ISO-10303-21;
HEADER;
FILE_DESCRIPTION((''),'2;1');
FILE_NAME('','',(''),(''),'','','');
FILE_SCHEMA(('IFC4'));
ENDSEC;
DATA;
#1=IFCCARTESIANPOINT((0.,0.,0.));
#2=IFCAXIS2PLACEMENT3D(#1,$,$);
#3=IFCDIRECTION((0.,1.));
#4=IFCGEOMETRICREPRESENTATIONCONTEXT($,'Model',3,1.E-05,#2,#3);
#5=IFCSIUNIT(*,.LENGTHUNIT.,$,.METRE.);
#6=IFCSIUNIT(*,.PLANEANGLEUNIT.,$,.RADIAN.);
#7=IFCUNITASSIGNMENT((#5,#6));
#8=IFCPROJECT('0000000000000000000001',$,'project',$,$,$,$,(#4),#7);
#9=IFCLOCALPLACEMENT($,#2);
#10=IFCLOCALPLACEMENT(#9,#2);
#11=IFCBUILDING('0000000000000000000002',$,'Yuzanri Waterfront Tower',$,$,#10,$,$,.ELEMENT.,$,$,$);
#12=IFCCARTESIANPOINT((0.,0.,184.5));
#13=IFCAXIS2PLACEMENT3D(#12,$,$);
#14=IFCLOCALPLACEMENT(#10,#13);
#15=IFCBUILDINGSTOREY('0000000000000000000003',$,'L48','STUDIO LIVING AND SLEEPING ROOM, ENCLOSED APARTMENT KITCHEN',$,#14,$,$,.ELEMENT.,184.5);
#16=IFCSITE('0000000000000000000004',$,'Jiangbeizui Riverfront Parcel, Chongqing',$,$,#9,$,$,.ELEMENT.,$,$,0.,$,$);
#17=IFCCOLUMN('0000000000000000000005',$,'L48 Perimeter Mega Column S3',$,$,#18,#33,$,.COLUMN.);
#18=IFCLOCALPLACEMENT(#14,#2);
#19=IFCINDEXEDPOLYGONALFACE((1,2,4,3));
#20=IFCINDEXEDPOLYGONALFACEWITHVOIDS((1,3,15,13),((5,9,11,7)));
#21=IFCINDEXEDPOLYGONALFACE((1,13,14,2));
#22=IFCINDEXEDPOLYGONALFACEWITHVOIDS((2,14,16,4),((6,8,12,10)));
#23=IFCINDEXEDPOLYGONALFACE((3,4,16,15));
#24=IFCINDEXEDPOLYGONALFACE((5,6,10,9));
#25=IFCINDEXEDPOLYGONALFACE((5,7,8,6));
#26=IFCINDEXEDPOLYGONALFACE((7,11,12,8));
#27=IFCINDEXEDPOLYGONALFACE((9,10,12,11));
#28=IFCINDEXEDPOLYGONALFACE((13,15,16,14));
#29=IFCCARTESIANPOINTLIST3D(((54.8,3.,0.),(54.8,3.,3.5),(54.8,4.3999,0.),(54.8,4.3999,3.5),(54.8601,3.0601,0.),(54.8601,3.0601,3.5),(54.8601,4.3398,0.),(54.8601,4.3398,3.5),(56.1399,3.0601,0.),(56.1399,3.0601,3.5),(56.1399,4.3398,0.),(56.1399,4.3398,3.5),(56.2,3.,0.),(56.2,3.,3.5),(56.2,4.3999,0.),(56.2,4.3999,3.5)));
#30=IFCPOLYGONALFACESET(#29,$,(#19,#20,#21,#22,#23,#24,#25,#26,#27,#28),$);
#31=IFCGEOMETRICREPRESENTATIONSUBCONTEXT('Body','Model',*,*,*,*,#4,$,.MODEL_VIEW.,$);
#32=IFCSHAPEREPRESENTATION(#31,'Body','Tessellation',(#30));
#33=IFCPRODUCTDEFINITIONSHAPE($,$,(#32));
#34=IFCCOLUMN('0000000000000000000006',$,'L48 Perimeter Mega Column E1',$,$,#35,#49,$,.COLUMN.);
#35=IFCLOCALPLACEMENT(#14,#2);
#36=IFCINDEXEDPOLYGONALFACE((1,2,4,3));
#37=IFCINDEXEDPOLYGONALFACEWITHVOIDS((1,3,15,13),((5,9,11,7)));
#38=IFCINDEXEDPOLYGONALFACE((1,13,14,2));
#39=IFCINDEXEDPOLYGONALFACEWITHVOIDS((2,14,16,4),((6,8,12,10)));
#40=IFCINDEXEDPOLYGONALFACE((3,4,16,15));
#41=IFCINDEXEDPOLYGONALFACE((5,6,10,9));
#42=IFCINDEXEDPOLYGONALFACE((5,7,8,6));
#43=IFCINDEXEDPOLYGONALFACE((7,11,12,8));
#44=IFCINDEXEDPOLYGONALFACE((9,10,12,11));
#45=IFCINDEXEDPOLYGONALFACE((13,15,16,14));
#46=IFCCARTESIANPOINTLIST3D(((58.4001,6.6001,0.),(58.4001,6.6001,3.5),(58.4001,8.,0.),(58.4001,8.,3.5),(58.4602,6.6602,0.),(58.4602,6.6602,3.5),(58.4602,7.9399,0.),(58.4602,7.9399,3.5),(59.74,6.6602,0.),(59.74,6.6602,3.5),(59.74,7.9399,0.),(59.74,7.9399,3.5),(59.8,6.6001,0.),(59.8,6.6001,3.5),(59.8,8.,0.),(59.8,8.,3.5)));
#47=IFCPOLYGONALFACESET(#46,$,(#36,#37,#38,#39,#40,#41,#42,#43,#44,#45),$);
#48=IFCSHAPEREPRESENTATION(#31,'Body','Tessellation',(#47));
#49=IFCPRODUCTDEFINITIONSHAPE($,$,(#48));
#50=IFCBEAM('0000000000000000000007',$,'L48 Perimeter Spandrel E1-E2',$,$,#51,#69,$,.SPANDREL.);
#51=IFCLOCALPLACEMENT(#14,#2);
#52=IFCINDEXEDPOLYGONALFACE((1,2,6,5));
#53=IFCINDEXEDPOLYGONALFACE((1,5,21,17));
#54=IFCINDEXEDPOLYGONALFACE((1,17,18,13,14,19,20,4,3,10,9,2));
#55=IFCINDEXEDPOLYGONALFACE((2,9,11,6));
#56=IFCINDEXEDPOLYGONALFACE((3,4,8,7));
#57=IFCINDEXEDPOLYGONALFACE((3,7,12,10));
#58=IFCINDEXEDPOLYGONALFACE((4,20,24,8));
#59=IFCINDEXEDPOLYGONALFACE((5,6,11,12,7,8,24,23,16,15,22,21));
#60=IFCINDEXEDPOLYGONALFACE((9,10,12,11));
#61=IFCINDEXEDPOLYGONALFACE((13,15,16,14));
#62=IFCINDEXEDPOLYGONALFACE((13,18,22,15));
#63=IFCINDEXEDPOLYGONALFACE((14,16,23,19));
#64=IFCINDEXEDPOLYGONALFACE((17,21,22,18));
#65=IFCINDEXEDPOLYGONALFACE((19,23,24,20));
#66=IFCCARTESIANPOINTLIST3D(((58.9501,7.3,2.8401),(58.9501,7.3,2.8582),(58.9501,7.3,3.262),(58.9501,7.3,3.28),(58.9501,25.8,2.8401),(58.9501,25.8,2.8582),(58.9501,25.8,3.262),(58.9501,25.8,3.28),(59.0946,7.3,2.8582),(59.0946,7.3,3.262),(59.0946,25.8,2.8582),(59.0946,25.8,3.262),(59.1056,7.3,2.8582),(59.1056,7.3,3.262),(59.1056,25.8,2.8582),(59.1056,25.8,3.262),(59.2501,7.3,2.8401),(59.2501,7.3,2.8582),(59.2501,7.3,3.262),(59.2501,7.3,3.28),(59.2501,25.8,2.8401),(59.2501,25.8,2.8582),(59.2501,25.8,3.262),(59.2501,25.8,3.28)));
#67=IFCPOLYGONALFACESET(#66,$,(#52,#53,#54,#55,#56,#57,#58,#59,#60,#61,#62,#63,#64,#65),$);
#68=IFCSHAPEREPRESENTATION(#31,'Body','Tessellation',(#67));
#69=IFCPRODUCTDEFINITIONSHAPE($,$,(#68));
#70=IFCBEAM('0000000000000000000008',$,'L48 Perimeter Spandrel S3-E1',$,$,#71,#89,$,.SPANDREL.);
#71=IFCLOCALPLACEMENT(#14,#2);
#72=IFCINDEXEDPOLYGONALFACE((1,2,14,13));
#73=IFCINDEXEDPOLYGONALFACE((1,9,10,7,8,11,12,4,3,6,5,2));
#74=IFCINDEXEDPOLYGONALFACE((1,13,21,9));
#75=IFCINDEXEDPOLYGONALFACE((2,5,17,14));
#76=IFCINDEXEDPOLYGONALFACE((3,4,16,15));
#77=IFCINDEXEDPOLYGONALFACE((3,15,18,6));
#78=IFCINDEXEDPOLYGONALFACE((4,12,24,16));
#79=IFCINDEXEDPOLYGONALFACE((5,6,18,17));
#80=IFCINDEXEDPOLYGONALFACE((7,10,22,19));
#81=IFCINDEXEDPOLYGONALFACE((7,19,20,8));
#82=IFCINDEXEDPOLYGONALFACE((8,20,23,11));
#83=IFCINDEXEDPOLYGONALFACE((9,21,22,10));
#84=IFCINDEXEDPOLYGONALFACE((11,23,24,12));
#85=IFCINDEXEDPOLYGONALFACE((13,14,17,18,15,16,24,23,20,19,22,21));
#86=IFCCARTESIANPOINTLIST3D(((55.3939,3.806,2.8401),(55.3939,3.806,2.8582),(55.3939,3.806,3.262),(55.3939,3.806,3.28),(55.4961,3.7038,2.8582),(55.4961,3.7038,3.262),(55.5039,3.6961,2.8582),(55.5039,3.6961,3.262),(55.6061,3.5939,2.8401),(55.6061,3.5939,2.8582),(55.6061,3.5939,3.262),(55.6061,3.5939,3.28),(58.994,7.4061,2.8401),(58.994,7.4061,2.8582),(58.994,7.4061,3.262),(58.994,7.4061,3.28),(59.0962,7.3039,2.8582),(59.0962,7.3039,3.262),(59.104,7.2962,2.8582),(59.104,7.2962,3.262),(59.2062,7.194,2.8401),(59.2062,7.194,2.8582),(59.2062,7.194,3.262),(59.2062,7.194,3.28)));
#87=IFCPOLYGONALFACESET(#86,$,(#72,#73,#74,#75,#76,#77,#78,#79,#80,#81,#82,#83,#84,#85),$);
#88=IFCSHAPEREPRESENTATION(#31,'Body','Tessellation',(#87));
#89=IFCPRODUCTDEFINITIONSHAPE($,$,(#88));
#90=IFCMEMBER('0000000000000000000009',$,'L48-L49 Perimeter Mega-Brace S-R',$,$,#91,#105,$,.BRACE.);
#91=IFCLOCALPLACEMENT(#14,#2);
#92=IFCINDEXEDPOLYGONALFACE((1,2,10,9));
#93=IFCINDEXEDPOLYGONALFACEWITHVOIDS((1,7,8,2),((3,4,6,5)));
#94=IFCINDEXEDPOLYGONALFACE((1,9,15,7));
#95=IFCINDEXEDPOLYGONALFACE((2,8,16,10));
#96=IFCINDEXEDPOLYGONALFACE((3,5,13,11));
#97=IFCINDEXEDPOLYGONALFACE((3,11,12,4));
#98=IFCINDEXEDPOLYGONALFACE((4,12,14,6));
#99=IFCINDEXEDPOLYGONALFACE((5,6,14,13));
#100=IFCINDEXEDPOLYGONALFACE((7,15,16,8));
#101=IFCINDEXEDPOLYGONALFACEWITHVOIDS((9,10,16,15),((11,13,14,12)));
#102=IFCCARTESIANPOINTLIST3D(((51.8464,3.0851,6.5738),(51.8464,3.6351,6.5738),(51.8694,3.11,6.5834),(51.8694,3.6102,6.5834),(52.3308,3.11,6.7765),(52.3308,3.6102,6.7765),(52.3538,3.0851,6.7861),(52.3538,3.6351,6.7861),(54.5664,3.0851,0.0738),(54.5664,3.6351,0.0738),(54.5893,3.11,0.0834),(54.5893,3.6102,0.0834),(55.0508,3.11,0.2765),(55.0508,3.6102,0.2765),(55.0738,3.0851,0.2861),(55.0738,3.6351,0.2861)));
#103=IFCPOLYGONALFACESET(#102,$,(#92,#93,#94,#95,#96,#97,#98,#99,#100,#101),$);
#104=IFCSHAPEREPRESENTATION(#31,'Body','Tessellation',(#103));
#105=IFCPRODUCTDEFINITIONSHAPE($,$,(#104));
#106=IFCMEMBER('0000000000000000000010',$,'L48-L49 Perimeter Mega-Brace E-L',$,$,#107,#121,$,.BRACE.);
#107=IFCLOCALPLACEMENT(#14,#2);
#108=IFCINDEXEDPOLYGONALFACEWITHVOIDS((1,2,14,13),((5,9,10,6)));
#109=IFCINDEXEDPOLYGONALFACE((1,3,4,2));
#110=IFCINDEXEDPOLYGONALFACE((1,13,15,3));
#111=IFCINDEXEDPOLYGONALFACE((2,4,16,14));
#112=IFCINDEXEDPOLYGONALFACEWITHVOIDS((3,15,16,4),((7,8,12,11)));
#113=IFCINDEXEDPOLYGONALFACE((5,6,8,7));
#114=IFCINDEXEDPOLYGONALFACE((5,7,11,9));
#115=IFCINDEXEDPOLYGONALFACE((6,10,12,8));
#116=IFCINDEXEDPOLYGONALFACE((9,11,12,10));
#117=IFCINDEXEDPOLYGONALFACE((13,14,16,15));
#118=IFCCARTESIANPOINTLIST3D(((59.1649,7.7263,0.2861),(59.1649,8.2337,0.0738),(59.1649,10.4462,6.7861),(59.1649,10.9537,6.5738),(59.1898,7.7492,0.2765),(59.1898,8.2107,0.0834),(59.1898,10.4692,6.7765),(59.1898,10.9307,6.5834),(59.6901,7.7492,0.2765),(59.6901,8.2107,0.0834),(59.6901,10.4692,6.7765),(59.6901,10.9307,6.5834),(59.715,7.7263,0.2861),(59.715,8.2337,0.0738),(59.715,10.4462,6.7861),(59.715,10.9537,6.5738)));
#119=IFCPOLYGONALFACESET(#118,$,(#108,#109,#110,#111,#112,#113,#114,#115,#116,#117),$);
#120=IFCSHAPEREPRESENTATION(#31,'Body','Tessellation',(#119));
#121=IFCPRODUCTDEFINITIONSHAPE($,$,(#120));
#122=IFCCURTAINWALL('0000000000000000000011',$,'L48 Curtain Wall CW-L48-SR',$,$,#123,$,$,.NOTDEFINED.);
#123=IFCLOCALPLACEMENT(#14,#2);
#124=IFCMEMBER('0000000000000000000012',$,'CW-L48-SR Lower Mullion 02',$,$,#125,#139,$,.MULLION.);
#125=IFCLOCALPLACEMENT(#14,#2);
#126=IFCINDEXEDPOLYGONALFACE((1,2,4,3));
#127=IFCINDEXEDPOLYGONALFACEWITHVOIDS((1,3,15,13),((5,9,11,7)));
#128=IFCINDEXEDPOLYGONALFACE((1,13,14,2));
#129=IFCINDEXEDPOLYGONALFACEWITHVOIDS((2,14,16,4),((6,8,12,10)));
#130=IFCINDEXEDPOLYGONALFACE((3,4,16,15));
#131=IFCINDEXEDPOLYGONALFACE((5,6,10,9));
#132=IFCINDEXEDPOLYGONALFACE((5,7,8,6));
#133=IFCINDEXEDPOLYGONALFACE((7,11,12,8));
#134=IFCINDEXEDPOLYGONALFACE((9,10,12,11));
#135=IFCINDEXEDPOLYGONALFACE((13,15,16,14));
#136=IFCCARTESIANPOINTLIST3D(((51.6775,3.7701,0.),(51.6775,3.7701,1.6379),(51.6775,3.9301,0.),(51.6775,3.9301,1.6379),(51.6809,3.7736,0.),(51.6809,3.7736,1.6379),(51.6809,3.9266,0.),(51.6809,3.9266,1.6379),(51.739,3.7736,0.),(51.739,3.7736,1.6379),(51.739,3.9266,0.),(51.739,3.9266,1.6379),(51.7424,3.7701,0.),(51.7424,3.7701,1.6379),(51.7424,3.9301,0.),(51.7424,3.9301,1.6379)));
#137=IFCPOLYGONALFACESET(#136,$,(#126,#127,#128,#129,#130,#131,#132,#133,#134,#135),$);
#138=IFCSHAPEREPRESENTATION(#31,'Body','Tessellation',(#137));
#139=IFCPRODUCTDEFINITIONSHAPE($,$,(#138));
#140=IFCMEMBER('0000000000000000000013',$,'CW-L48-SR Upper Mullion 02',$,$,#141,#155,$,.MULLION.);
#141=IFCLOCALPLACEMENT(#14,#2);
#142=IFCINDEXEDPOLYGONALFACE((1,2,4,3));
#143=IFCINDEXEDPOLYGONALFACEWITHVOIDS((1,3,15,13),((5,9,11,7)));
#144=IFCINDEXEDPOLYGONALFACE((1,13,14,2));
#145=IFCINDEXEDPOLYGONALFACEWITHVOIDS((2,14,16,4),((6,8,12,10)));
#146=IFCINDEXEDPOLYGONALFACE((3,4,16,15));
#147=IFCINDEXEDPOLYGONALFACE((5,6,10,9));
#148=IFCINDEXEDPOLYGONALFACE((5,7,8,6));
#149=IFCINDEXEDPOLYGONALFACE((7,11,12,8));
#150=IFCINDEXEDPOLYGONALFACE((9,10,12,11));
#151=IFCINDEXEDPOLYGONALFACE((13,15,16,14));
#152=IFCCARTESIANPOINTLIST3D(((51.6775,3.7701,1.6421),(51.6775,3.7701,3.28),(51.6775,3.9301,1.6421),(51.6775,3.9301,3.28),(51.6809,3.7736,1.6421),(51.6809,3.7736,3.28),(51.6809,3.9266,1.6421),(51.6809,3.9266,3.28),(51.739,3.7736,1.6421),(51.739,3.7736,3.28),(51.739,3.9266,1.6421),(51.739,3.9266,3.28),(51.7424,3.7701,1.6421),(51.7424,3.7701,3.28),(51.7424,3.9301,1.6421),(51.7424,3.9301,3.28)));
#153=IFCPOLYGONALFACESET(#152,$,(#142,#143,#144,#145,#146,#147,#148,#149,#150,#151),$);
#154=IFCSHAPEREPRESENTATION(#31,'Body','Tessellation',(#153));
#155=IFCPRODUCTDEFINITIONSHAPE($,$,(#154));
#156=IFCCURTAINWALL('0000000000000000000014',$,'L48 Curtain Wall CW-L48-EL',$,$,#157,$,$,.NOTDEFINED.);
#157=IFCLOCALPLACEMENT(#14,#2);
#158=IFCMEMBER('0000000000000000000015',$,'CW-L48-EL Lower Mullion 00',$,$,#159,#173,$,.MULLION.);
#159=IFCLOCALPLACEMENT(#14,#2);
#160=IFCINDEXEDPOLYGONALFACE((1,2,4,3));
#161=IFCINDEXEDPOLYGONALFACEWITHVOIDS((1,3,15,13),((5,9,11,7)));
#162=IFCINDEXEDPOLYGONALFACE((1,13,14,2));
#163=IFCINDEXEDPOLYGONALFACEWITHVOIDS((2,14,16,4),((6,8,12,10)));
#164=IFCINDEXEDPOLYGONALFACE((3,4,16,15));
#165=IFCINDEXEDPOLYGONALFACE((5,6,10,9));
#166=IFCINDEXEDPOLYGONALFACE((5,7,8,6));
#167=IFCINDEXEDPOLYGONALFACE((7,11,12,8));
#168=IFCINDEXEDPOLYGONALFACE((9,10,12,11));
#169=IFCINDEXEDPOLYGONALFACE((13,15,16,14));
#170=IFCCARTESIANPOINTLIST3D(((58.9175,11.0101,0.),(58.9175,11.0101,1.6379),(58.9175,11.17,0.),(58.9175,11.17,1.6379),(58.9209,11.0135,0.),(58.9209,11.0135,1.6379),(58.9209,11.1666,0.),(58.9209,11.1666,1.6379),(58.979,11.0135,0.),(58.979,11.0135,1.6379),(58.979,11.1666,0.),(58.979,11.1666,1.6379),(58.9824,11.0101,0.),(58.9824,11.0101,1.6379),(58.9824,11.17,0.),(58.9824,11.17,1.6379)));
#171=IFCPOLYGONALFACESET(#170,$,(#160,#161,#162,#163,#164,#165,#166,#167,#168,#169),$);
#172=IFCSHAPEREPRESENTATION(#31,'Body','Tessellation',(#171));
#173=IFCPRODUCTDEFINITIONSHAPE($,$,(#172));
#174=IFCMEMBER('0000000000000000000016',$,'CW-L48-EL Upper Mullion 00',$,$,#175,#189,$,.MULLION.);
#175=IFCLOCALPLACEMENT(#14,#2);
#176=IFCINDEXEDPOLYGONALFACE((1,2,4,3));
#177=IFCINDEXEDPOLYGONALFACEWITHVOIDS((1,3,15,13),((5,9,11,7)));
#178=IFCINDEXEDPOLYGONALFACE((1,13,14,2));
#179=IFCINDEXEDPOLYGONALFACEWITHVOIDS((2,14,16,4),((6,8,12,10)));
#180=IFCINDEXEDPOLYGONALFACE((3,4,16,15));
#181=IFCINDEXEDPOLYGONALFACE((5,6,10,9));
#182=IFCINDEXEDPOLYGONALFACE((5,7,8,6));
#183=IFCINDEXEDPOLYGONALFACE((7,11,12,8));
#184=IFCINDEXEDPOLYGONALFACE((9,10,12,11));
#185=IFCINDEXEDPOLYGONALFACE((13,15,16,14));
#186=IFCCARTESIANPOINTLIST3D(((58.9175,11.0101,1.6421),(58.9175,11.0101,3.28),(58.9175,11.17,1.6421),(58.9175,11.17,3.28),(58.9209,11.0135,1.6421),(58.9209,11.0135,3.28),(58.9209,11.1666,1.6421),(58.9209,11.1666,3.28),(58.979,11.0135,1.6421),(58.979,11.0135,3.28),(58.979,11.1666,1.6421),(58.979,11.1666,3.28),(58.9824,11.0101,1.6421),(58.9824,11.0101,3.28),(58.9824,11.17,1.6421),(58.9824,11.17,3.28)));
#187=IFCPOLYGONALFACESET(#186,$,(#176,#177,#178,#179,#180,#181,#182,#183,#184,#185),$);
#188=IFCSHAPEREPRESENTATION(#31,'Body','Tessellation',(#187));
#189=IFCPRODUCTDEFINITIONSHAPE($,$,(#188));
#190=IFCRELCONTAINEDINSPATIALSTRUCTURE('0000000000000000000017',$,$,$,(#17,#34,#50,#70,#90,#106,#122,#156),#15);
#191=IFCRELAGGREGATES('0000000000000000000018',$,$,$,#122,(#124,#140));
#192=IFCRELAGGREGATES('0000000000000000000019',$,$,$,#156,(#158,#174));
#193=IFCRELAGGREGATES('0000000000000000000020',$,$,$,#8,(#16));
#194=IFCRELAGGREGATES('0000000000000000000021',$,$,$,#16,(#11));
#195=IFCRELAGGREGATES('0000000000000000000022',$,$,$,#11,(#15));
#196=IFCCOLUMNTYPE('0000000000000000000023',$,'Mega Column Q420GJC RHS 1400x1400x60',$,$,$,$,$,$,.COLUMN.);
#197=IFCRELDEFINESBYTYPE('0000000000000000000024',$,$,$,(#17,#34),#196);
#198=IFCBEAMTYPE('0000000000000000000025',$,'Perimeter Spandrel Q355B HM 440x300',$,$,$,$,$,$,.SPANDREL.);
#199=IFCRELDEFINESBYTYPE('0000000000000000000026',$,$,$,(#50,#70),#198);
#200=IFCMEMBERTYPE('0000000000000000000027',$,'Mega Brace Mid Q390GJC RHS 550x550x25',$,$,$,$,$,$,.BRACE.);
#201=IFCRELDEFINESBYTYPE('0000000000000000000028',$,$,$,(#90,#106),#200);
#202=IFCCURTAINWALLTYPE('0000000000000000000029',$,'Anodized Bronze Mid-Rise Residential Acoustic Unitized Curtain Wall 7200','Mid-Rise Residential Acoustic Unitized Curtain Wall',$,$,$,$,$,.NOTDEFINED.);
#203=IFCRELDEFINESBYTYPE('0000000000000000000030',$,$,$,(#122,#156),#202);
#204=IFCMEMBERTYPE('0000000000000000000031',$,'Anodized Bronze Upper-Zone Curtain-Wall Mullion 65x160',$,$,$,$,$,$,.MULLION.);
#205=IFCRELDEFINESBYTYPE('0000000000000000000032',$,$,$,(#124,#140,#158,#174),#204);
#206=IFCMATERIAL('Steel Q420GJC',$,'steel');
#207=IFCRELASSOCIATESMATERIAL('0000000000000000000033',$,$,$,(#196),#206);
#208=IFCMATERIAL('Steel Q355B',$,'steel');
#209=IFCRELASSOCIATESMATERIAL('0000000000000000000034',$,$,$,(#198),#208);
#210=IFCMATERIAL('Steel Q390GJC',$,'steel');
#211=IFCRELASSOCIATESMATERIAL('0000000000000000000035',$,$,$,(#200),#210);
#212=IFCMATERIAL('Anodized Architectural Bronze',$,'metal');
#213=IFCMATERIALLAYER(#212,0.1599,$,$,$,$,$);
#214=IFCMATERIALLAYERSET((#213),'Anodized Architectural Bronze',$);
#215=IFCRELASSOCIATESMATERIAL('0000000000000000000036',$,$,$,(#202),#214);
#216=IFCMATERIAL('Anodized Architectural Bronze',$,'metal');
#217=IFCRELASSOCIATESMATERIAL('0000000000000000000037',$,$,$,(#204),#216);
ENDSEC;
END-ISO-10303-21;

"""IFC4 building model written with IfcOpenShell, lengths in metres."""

from ifc_helpers import new_model, si_unit, direction, frame, origin, origin_2d, place, context, subcontext, project, spatial, hollow_rectangle, i_section, extrude, source, transform, mapped, material, layer, layer_set, material_profile, profile_set, type_object, element, aggregate, save


model = new_model("IFC4")

# Units and contexts
model_context = context("Model", 3, precision=1e-05, world=origin(), true_north=direction((0.0, 1.0)))
body_context = subcontext(model_context, "Body", "Model", "MODEL_VIEW")
ifc_project = project(units=[si_unit("LENGTHUNIT", "METRE"), si_unit("PLANEANGLEUNIT", "RADIAN")], contexts=[model_context])

# Site, building, storey
site_placement = place(None, origin())
site = spatial("IfcSite", under=ifc_project, at=site_placement, Name="Jiangbeizui Riverfront Parcel, Chongqing", CompositionType="ELEMENT", RefElevation=0.0)
building_placement = place(site_placement, origin())
building = spatial("IfcBuilding", under=site, at=building_placement, Name="Yuzanri Waterfront Tower", CompositionType="ELEMENT")
storey_placement = place(building_placement, frame((0.0, 0.0, 184.5)))
storey = spatial("IfcBuildingStorey", under=building, at=storey_placement, Name="L48", Description="STUDIO LIVING AND SLEEPING ROOM, ENCLOSED APARTMENT KITCHEN", CompositionType="ELEMENT", Elevation=184.5)

# Columns
ifc_material_1 = material(Name="Steel Q420GJC", Category="steel")
ifc_material_profile_1 = material_profile(ifc_material_1, hollow_rectangle(XDim=1.3999, YDim=1.3999, WallThickness=0.0601, at=origin_2d()), Name="RHS 1400x1400x60")
ifc_profile_set_1 = profile_set([ifc_material_profile_1], Name="Steel Q420GJC")
column_type = type_object("IfcColumnType", Name="Mega Column Q420GJC RHS 1400x1400x60", PredefinedType="COLUMN", material=ifc_profile_set_1)
shared_shape_1 = source(origin(), body_context, "Body", "SweptSolid", [
    extrude(hollow_rectangle(XDim=1.3999, YDim=1.3999, WallThickness=0.0601, at=origin_2d()), origin(), (0.0, 0.0, 1.0), 3.5),
])
for number, where, z_axis, x_axis, name in (
    (1, (55.5, 3.7, 0.0), (0.0, 0.0, 1.0), (1.0, 0.0, 0.0), "L48 Perimeter Mega Column S3"),
    (2, (59.1001, 7.3, 0.0), (0.0, 0.0, 1.0), (1.0, 0.0, 0.0), "L48 Perimeter Mega Column E1"),
):
    element("IfcColumn", number, at=place(storey_placement, frame(where, z_axis=z_axis, x_axis=x_axis)), inside=storey, type_object=column_type, Name=name, PredefinedType="COLUMN", context=body_context, shape_type="MappedRepresentation", body=[
        mapped(shared_shape_1, transform((0.0, 0.0, 0.0), scale=1.0)),
    ])

# Beams
ifc_material_2 = material(Name="Steel Q355B", Category="steel")
ifc_material_profile_2 = material_profile(ifc_material_2, i_section(OverallWidth=0.3, OverallDepth=0.4399, WebThickness=0.011, FlangeThickness=0.0181, at=origin_2d()), Name="HM 440x300x11x18")
ifc_profile_set_2 = profile_set([ifc_material_profile_2], Name="Steel Q355B")
beam_type = type_object("IfcBeamType", Name="Perimeter Spandrel Q355B HM 440x300", PredefinedType="SPANDREL", material=ifc_profile_set_2)
shared_shape_2 = source(origin(), body_context, "Body", "SweptSolid", [
    extrude(i_section(OverallWidth=0.3, OverallDepth=0.4399, WebThickness=0.011, FlangeThickness=0.0181, at=origin_2d()), origin(), (0.0, 0.0, 1.0), 18.5),
])
beam_1_placement = place(storey_placement, frame((59.1001, 7.3, 3.0601), z_axis=(0.0, 1.0, 0.0), x_axis=(-1.0, 0.0, 0.0)))
element("IfcBeam", 3, at=beam_1_placement, inside=storey, type_object=beam_type, Name="L48 Perimeter Spandrel E1-E2", PredefinedType="SPANDREL", context=body_context, shape_type="MappedRepresentation", body=[
    mapped(shared_shape_2, transform((0.0, 0.0, 0.0), scale=1.0)),
])
shared_shape_3 = source(origin(), body_context, "Body", "SweptSolid", [
    extrude(i_section(OverallWidth=0.3, OverallDepth=0.4399, WebThickness=0.011, FlangeThickness=0.0181, at=origin_2d()), origin(), (0.0, 0.0, 1.0), 5.0913),
])
beam_2_placement = place(storey_placement, frame((55.5, 3.7, 3.0601), z_axis=(0.707107, 0.707107, 0.0), x_axis=(-0.707107, 0.707107, 0.0)))
element("IfcBeam", 4, at=beam_2_placement, inside=storey, type_object=beam_type, Name="L48 Perimeter Spandrel S3-E1", PredefinedType="SPANDREL", context=body_context, shape_type="MappedRepresentation", body=[
    mapped(shared_shape_3, transform((0.0, 0.0, 0.0), scale=1.0)),
])

# Members
ifc_material_3 = material(Name="Steel Q390GJC", Category="steel")
ifc_material_profile_3 = material_profile(ifc_material_3, hollow_rectangle(XDim=0.55, YDim=0.55, WallThickness=0.0249, at=origin_2d()), Name="RHS 550x550x25")
ifc_profile_set_3 = profile_set([ifc_material_profile_3], Name="Steel Q390GJC")
member_type_1 = type_object("IfcMemberType", Name="Mega Brace Mid Q390GJC RHS 550x550x25", PredefinedType="BRACE", material=ifc_profile_set_3)
shared_shape_4 = source(origin(), body_context, "Body", "SweptSolid", [
    extrude(hollow_rectangle(XDim=0.55, YDim=0.55, WallThickness=0.0249, at=origin_2d()), origin(), (0.0, 0.0, 1.0), 7.0461),
])
for number, where, z_axis, x_axis, name in (
    (5, (54.8201, 3.3601, 0.1799), (-0.386022, 0.0, 0.922489), (0.0, -1.0, 0.0), "L48-L49 Perimeter Mega-Brace S-R"),
    (6, (59.4399, 7.98, 0.1799), (0.0, 0.386022, 0.922489), (-1.0, 0.0, 0.0), "L48-L49 Perimeter Mega-Brace E-L"),
):
    element("IfcMember", number, at=place(storey_placement, frame(where, z_axis=z_axis, x_axis=x_axis)), inside=storey, type_object=member_type_1, Name=name, PredefinedType="BRACE", context=body_context, shape_type="MappedRepresentation", body=[
        mapped(shared_shape_4, transform((0.0, 0.0, 0.0), scale=1.0)),
    ])

# Curtain walls, members
ifc_material_4 = material(Name="Anodized Architectural Bronze", Category="metal")
ifc_layer_1 = layer(ifc_material_4, 0.1599)
ifc_layer_set_1 = layer_set([ifc_layer_1], Name="Anodized Architectural Bronze")
curtain_wall_type = type_object("IfcCurtainWallType", Name="Anodized Bronze Mid-Rise Residential Acoustic Unitized Curtain Wall 7200", Description="Mid-Rise Residential Acoustic Unitized Curtain Wall", PredefinedType="NOTDEFINED", material=ifc_layer_set_1)
curtain_wall_1_placement = place(storey_placement, origin())
curtain_wall_1 = element("IfcCurtainWall", 7, at=curtain_wall_1_placement, inside=storey, type_object=curtain_wall_type, Name="L48 Curtain Wall CW-L48-SR", PredefinedType="NOTDEFINED")
ifc_material_5 = material(Name="Anodized Architectural Bronze", Category="metal")
ifc_material_profile_4 = material_profile(ifc_material_5, hollow_rectangle(XDim=0.0649, YDim=0.1599, WallThickness=0.0034, at=origin_2d()), Name="CWM 65x160")
ifc_profile_set_4 = profile_set([ifc_material_profile_4], Name="Anodized Architectural Bronze")
member_type_2 = type_object("IfcMemberType", Name="Anodized Bronze Upper-Zone Curtain-Wall Mullion 65x160", PredefinedType="MULLION", material=ifc_profile_set_4)
shared_shape_5 = source(origin(), body_context, "Body", "SweptSolid", [
    extrude(hollow_rectangle(XDim=0.0649, YDim=0.1599, WallThickness=0.0034, at=origin_2d()), origin(), (0.0, 0.0, 1.0), 1.6379),
])
member_1_placement = place(storey_placement, frame((51.71, 3.8501, 0.0), z_axis=(0.0, 0.0, 1.0), x_axis=(1.0, 0.0, 0.0)))
member_1 = element("IfcMember", 8, at=member_1_placement, type_object=member_type_2, Name="CW-L48-SR Lower Mullion 02", PredefinedType="MULLION", context=body_context, shape_type="MappedRepresentation", body=[
    mapped(shared_shape_5, transform((0.0, 0.0, 0.0), scale=1.0)),
])
member_2_placement = place(storey_placement, frame((51.71, 3.8501, 1.6421), z_axis=(0.0, 0.0, 1.0), x_axis=(1.0, 0.0, 0.0)))
member_2 = element("IfcMember", 9, at=member_2_placement, type_object=member_type_2, Name="CW-L48-SR Upper Mullion 02", PredefinedType="MULLION", context=body_context, shape_type="MappedRepresentation", body=[
    mapped(shared_shape_5, transform((0.0, 0.0, 0.0), scale=1.0)),
])
aggregate(curtain_wall_1, [member_1, member_2])
curtain_wall_2_placement = place(storey_placement, origin())
curtain_wall_2 = element("IfcCurtainWall", 10, at=curtain_wall_2_placement, inside=storey, type_object=curtain_wall_type, Name="L48 Curtain Wall CW-L48-EL", PredefinedType="NOTDEFINED")
member_3_placement = place(storey_placement, frame((58.95, 11.0901, 0.0), z_axis=(0.0, 0.0, 1.0), x_axis=(1.0, 0.0, 0.0)))
member_3 = element("IfcMember", 11, at=member_3_placement, type_object=member_type_2, Name="CW-L48-EL Lower Mullion 00", PredefinedType="MULLION", context=body_context, shape_type="MappedRepresentation", body=[
    mapped(shared_shape_5, transform((0.0, 0.0, 0.0), scale=1.0)),
])
member_4_placement = place(storey_placement, frame((58.95, 11.0901, 1.6421), z_axis=(0.0, 0.0, 1.0), x_axis=(1.0, 0.0, 0.0)))
member_4 = element("IfcMember", 12, at=member_4_placement, type_object=member_type_2, Name="CW-L48-EL Upper Mullion 00", PredefinedType="MULLION", context=body_context, shape_type="MappedRepresentation", body=[
    mapped(shared_shape_5, transform((0.0, 0.0, 0.0), scale=1.0)),
])
aggregate(curtain_wall_2, [member_3, member_4])

save(model, "model.ifc")
